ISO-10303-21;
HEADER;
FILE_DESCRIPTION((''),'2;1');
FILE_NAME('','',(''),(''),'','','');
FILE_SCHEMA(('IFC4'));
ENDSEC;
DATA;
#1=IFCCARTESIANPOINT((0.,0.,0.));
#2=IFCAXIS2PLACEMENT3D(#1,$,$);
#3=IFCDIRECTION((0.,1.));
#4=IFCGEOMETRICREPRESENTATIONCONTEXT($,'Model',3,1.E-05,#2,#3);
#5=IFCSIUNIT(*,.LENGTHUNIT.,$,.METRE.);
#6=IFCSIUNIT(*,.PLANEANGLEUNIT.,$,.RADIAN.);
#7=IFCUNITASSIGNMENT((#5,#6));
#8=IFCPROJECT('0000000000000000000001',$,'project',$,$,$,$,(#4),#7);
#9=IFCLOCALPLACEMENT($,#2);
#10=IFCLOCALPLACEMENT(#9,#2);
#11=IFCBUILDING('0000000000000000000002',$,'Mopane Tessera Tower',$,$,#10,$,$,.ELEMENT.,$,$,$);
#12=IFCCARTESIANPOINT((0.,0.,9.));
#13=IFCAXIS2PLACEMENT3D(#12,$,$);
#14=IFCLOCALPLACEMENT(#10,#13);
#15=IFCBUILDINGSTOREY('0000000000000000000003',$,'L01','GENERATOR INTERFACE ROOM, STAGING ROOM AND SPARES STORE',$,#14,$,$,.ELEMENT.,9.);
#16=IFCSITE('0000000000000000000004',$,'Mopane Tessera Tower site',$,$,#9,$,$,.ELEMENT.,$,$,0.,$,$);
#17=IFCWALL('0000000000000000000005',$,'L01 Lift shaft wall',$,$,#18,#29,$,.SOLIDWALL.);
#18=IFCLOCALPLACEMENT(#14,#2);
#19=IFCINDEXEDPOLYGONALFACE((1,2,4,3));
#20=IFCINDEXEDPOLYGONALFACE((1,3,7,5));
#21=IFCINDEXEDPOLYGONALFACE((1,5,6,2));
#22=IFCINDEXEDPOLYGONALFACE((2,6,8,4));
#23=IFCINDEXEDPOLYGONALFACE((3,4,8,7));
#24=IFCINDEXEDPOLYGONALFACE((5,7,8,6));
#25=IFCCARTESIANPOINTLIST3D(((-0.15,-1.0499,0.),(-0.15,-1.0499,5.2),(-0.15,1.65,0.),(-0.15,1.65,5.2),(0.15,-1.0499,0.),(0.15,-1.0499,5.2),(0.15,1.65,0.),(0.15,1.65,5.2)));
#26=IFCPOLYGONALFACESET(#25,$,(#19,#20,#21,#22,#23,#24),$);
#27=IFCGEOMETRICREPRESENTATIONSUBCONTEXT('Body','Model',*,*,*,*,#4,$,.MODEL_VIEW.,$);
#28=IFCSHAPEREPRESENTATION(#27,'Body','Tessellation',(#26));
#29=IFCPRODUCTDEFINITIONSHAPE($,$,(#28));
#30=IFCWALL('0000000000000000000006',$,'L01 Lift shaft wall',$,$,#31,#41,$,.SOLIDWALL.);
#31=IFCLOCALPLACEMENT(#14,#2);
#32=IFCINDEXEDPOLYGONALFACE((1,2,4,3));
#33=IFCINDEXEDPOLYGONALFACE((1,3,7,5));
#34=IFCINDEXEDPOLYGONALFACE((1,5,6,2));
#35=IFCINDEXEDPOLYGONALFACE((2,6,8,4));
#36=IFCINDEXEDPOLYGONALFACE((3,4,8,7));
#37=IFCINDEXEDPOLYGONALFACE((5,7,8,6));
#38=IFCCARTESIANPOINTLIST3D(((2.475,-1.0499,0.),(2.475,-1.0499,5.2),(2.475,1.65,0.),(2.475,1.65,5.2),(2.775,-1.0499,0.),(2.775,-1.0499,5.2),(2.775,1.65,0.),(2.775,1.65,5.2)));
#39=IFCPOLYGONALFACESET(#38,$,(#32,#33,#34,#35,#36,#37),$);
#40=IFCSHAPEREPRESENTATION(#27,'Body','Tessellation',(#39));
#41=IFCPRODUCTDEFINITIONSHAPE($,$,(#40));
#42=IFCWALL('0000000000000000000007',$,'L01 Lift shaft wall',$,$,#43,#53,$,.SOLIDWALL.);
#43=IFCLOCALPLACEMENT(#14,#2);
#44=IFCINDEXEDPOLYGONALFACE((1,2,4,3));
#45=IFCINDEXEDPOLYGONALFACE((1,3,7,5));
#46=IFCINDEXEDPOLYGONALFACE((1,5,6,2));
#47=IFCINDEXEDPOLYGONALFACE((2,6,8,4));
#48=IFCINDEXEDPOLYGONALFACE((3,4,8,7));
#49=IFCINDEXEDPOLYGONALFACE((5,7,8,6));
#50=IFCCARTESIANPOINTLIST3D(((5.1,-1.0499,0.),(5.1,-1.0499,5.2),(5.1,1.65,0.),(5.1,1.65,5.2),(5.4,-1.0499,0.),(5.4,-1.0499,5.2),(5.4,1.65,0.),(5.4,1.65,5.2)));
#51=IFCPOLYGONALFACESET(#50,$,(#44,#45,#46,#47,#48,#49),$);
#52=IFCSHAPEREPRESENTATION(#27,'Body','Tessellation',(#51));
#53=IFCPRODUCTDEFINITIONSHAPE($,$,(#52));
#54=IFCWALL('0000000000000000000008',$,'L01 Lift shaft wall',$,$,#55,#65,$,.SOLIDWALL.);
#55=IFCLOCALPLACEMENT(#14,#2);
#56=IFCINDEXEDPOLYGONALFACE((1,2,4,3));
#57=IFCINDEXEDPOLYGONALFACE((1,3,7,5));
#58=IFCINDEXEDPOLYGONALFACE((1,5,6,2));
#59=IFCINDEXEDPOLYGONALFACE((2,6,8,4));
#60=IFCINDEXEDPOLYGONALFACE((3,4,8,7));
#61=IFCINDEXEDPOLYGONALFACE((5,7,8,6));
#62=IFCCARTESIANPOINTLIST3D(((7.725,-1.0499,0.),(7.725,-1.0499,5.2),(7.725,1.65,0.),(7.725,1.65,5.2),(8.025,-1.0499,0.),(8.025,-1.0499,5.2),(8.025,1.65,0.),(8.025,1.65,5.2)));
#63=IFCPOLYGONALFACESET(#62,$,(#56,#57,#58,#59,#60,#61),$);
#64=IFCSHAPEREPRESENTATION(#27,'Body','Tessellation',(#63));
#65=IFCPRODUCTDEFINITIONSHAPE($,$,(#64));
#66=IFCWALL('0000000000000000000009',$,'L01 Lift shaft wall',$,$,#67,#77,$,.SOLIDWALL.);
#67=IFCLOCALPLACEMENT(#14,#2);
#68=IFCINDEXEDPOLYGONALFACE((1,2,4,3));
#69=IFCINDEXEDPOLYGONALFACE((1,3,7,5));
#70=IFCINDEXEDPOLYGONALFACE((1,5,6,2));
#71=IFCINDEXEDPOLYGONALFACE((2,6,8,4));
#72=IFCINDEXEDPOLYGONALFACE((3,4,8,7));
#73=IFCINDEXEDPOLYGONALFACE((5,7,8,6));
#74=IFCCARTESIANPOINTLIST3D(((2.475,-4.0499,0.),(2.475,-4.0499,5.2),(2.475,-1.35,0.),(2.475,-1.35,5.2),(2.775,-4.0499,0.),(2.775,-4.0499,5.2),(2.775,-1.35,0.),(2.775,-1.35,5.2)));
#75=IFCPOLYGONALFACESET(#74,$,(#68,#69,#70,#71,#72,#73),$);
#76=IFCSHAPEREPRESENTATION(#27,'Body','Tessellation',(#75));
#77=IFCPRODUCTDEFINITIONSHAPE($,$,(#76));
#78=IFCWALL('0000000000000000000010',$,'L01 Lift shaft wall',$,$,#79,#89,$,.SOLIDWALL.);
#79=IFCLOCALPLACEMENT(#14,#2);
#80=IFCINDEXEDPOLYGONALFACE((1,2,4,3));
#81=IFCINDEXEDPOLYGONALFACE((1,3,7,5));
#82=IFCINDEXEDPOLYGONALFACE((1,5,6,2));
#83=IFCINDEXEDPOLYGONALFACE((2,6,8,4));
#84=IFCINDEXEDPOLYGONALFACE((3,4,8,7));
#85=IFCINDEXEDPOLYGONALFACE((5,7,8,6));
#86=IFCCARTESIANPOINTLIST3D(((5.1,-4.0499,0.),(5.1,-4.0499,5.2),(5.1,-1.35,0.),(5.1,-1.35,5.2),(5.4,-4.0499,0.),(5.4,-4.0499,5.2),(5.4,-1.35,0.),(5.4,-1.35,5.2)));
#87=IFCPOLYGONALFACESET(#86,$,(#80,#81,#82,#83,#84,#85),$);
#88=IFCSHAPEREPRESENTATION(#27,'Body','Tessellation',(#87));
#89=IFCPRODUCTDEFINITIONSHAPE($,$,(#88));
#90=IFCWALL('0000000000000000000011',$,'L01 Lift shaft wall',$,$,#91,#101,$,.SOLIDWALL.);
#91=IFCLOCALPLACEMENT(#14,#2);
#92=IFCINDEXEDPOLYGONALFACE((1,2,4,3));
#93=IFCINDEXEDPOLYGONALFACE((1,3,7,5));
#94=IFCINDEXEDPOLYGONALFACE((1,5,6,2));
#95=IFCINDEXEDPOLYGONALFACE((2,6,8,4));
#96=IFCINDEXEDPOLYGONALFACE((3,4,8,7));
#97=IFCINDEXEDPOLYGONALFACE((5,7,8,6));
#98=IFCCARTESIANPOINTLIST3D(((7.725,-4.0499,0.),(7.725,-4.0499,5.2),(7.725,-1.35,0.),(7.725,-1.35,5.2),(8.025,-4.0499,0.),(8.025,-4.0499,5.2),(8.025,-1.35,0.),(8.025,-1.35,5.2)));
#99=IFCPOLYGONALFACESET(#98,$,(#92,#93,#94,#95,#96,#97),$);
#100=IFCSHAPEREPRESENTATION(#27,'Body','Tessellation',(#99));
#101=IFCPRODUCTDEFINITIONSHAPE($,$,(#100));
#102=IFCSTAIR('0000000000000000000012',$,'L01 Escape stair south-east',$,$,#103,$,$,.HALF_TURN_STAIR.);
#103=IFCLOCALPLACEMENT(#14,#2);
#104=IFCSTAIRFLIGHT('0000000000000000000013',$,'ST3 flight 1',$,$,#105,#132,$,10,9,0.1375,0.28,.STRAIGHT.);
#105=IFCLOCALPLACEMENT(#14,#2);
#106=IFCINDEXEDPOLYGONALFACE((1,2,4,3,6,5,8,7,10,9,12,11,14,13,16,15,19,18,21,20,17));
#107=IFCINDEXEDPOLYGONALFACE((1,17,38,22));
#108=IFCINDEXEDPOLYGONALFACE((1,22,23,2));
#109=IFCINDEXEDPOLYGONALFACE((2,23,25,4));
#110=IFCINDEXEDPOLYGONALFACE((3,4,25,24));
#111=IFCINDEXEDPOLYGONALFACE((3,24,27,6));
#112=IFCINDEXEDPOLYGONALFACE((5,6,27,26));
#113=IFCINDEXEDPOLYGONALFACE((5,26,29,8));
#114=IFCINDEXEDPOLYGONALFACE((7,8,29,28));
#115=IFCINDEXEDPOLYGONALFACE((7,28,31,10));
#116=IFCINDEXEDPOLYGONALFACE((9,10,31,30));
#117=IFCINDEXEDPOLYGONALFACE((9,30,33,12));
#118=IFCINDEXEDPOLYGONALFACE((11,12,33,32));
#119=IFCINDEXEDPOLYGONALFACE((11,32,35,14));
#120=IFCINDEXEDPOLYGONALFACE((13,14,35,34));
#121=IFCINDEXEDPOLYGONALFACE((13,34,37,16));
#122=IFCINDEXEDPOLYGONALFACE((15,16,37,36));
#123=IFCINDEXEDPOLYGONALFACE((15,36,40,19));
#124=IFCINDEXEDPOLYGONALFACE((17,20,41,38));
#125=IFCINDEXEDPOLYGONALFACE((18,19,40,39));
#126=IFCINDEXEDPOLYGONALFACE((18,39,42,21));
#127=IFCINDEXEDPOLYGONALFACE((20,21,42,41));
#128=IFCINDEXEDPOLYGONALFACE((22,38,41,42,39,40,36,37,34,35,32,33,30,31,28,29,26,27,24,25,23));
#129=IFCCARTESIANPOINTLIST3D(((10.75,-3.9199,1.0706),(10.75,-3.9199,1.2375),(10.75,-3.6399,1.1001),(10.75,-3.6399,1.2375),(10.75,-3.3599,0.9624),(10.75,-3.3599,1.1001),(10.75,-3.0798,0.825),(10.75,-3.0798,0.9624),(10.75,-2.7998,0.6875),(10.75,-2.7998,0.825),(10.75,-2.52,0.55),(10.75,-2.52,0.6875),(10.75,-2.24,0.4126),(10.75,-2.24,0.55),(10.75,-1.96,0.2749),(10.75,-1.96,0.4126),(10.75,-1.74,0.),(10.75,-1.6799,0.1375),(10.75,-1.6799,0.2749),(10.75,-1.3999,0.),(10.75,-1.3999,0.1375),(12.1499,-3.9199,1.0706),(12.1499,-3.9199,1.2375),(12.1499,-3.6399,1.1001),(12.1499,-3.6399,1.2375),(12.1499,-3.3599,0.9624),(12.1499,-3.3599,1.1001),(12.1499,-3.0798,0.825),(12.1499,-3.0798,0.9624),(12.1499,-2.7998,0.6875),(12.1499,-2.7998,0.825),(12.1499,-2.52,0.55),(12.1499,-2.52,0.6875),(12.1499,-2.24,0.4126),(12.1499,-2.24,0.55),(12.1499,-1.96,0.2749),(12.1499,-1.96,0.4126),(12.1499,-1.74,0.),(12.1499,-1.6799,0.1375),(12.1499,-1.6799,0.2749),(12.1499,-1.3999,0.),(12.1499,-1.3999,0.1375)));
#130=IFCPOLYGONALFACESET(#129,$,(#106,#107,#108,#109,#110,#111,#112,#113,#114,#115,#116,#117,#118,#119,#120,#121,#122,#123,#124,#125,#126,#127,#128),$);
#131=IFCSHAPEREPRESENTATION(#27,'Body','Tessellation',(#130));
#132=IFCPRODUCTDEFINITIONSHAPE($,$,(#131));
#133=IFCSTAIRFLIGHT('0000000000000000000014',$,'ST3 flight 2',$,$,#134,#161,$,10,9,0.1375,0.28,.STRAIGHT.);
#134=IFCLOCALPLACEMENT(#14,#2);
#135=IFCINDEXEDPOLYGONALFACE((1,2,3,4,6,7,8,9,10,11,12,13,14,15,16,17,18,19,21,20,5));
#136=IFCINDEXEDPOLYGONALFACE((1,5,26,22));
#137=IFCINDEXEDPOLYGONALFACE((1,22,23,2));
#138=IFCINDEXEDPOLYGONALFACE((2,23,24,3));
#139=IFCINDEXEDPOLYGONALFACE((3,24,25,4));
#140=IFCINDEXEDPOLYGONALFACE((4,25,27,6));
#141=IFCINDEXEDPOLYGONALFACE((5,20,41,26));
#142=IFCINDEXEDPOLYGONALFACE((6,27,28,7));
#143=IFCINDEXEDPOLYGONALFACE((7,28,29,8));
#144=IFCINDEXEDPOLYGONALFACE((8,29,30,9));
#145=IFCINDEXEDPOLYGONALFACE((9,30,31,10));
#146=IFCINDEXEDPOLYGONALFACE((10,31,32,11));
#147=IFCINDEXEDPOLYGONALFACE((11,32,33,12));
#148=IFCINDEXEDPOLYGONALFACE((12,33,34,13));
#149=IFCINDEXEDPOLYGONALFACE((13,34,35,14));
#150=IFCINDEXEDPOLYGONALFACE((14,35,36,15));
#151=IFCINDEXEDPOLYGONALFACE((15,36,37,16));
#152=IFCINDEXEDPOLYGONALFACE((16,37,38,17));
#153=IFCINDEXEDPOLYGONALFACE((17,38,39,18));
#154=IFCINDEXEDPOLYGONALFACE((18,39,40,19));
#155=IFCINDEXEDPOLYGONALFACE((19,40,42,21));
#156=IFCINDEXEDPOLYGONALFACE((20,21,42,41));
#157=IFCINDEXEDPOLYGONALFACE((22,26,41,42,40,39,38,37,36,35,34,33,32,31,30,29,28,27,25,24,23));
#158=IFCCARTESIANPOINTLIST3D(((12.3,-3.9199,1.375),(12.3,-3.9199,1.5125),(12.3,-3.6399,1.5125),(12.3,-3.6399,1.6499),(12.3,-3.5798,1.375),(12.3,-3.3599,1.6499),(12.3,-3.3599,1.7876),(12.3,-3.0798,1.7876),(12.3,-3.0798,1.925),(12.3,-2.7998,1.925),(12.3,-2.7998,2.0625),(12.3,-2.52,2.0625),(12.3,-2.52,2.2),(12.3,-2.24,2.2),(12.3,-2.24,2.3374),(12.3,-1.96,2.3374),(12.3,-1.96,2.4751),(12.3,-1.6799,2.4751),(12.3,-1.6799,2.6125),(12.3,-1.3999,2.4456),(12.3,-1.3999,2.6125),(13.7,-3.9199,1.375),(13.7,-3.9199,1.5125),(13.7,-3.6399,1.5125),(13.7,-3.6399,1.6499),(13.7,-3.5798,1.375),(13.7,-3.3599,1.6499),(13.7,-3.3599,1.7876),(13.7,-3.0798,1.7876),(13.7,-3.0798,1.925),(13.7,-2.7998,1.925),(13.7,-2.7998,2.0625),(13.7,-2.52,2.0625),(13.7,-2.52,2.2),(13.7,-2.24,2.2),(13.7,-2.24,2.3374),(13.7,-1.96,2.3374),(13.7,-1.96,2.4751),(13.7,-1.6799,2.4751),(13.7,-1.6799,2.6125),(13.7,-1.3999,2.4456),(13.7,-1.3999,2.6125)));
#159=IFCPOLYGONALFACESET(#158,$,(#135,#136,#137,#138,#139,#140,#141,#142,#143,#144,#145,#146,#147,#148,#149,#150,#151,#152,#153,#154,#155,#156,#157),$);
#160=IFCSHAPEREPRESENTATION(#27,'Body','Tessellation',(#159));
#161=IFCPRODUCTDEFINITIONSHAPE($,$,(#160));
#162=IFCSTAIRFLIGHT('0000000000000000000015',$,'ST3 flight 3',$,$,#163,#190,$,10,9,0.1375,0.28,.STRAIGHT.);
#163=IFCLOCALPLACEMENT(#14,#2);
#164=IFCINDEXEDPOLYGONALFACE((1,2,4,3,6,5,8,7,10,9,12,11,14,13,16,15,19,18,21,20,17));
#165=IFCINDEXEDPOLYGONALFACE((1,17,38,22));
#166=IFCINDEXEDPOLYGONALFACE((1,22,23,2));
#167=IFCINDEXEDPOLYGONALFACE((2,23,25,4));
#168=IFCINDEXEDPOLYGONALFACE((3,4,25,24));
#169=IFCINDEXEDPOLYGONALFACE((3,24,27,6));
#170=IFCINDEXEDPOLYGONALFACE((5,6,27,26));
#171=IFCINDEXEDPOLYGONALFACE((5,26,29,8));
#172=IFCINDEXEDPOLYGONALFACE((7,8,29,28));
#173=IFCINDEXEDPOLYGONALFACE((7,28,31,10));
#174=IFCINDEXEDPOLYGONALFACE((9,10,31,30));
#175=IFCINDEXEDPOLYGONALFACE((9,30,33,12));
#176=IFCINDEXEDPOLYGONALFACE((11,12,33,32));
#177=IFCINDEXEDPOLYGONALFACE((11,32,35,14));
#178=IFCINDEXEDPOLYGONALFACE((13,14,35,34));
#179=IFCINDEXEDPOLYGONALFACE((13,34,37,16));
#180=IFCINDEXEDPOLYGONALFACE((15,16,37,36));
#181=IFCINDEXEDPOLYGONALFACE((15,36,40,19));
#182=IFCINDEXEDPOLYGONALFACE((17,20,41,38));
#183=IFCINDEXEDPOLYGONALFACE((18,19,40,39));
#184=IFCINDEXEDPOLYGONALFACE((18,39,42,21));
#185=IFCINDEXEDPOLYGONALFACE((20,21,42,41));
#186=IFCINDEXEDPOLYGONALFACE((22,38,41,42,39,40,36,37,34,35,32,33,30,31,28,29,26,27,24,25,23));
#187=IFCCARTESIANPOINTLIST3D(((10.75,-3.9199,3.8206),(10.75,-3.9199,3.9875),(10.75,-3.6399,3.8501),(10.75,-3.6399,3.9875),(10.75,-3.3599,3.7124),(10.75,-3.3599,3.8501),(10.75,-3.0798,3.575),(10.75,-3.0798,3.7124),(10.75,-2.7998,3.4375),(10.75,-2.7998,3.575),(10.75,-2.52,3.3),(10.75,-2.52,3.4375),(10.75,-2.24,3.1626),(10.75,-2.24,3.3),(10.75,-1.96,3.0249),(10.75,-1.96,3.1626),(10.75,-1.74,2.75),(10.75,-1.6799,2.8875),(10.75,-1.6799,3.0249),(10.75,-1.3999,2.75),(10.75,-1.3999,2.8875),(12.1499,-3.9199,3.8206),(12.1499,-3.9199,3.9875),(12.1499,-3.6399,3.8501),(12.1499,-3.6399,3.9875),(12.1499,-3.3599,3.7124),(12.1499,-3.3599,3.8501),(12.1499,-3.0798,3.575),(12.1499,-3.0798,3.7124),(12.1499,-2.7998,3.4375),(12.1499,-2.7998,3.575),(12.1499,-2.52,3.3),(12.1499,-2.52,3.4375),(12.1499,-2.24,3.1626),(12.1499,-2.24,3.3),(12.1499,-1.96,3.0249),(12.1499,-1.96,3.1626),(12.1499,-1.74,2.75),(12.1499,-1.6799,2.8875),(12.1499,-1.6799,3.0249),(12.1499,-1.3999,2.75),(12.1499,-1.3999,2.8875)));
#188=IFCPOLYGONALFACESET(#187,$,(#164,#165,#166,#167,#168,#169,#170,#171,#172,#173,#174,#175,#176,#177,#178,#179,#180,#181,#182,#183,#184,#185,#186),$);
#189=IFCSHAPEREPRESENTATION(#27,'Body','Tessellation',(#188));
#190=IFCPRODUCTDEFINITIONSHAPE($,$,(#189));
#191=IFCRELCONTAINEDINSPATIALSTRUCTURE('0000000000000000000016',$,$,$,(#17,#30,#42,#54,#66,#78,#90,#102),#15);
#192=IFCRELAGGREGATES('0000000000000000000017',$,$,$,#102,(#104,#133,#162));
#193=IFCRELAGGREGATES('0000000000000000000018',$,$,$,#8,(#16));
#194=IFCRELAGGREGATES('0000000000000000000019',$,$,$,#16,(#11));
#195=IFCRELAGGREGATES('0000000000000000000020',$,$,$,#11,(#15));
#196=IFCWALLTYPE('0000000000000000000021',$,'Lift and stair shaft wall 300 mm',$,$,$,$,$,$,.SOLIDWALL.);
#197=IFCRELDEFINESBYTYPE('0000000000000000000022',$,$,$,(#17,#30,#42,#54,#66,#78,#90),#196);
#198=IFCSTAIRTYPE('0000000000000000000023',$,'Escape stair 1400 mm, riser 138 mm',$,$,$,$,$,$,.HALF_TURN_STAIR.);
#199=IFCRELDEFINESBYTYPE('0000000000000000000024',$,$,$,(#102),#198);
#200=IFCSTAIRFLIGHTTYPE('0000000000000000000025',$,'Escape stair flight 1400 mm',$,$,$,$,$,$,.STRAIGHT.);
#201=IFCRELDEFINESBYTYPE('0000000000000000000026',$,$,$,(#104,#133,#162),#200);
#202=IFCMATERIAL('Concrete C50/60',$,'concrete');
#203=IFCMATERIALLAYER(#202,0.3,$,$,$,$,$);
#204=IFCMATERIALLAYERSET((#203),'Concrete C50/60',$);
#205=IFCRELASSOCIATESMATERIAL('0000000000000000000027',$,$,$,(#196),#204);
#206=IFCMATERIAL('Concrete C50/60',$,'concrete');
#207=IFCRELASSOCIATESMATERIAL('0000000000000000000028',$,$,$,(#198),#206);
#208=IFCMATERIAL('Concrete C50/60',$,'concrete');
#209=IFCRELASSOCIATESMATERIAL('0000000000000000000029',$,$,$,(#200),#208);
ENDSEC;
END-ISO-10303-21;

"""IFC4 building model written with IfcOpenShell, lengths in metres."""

from ifc_helpers import new_model, si_unit, direction, frame, frame_2d, origin, place, context, subcontext, project, spatial, polyline, rectangle, outline, extrude, material, layer, layer_set, type_object, element, aggregate, save


model = new_model("IFC4")

# Units and contexts
model_context = context("Model", 3, precision=1e-05, world=origin(), true_north=direction((0.0, 1.0)))
body_context = subcontext(model_context, "Body", "Model", "MODEL_VIEW")
ifc_project = project(units=[si_unit("LENGTHUNIT", "METRE"), si_unit("PLANEANGLEUNIT", "RADIAN")], contexts=[model_context])

# Site, building, storey
site_placement = place(None, origin())
site = spatial("IfcSite", under=ifc_project, at=site_placement, Name="Mopane Tessera Tower site", CompositionType="ELEMENT", RefElevation=0.0)
building_placement = place(site_placement, origin())
building = spatial("IfcBuilding", under=site, at=building_placement, Name="Mopane Tessera Tower", CompositionType="ELEMENT")
storey_placement = place(building_placement, frame((0.0, 0.0, 9.0)))
storey = spatial("IfcBuildingStorey", under=building, at=storey_placement, Name="L01", Description="GENERATOR INTERFACE ROOM, STAGING ROOM AND SPARES STORE", CompositionType="ELEMENT", Elevation=9.0)

# Walls
ifc_material_1 = material(Name="Concrete C50/60", Category="concrete")
ifc_layer_1 = layer(ifc_material_1, 0.3)
ifc_layer_set_1 = layer_set([ifc_layer_1], Name="Concrete C50/60")
wall_type = type_object("IfcWallType", Name="Lift and stair shaft wall 300 mm", PredefinedType="SOLIDWALL", material=ifc_layer_set_1)
for number, where, z_axis, x_axis, name in (
    (1, (0.0, -1.05, 0.0), (0.0, 0.0, 1.0), (0.0, 1.0, 0.0), "L01 Lift shaft wall"),
    (2, (2.625, -1.05, 0.0), (0.0, 0.0, 1.0), (0.0, 1.0, 0.0), "L01 Lift shaft wall"),
    (3, (5.25, -1.05, 0.0), (0.0, 0.0, 1.0), (0.0, 1.0, 0.0), "L01 Lift shaft wall"),
    (4, (7.875, -1.05, 0.0), (0.0, 0.0, 1.0), (0.0, 1.0, 0.0), "L01 Lift shaft wall"),
    (5, (2.625, -4.05, 0.0), (0.0, 0.0, 1.0), (0.0, 1.0, 0.0), "L01 Lift shaft wall"),
    (6, (5.25, -4.05, 0.0), (0.0, 0.0, 1.0), (0.0, 1.0, 0.0), "L01 Lift shaft wall"),
    (7, (7.875, -4.05, 0.0), (0.0, 0.0, 1.0), (0.0, 1.0, 0.0), "L01 Lift shaft wall"),
):
    element("IfcWall", number, at=place(storey_placement, frame(where, z_axis=z_axis, x_axis=x_axis)), inside=storey, type_object=wall_type, Name=name, PredefinedType="SOLIDWALL", context=body_context, shape_type="SweptSolid", body=[
        extrude(rectangle(XDim=2.7, YDim=0.3, at=frame_2d((1.3501, 0.0))), origin(), (0.0, 0.0, 1.0), 5.2),
    ])

# Stair, stair flights
ifc_material_2 = material(Name="Concrete C50/60", Category="concrete")
stair_type = type_object("IfcStairType", Name="Escape stair 1400 mm, riser 138 mm", PredefinedType="HALF_TURN_STAIR", material=ifc_material_2)
stair_placement = place(storey_placement, origin())
stair = element("IfcStair", 8, at=stair_placement, inside=storey, type_object=stair_type, Name="L01 Escape stair south-east", PredefinedType="HALF_TURN_STAIR")
ifc_material_3 = material(Name="Concrete C50/60", Category="concrete")
stair_flight_type = type_object("IfcStairFlightType", Name="Escape stair flight 1400 mm", PredefinedType="STRAIGHT", material=ifc_material_3)
stair_flight_1_placement = place(storey_placement, frame((11.45, -1.3999, 0.0), z_axis=(0.0, 0.0, 1.0), x_axis=(0.0, -1.0, 0.0)))
stair_flight_1 = element("IfcStairFlight", 9, at=stair_flight_1_placement, type_object=stair_flight_type, Name="ST3 flight 1", NumberOfRisers=10, NumberOfTreads=9, PredefinedType="STRAIGHT", RiserHeight=0.1375, TreadLength=0.28, context=body_context, shape_type="SweptSolid", body=[
    extrude(outline(polyline([(0.0, 0.0), (0.0, 0.1375), (0.28, 0.1375), (0.28, 0.2749), (0.5601, 0.2749), (0.5601, 0.4126), (0.8401, 0.4126), (0.8401, 0.55), (1.1201, 0.55), (1.1201, 0.6875), (1.3999, 0.6875), (1.3999, 0.825), (1.6799, 0.825), (1.6799, 0.9624), (1.96, 0.9624), (1.96, 1.1001), (2.24, 1.1001), (2.24, 1.2375), (2.52, 1.2375), (2.52, 1.375), (2.52, 1.0706), (0.3401, 0.0), (0.0, 0.0)])), frame((0.0, 0.7, 0.0), z_axis=(0.0, -1.0, 0.0), x_axis=(1.0, 0.0, 0.0)), (0.0, 0.0, 1.0), 1.3999),
])
stair_flight_2_placement = place(storey_placement, frame((13.0, -3.9199, 1.375), z_axis=(0.0, 0.0, 1.0), x_axis=(0.0, 1.0, 0.0)))
stair_flight_2 = element("IfcStairFlight", 10, at=stair_flight_2_placement, type_object=stair_flight_type, Name="ST3 flight 2", NumberOfRisers=10, NumberOfTreads=9, PredefinedType="STRAIGHT", RiserHeight=0.1375, TreadLength=0.28, context=body_context, shape_type="SweptSolid", body=[
    extrude(outline(polyline([(0.0, 0.0), (0.0, 0.1375), (0.28, 0.1375), (0.28, 0.2749), (0.5601, 0.2749), (0.5601, 0.4126), (0.8401, 0.4126), (0.8401, 0.55), (1.1201, 0.55), (1.1201, 0.6875), (1.3999, 0.6875), (1.3999, 0.825), (1.6799, 0.825), (1.6799, 0.9624), (1.96, 0.9624), (1.96, 1.1001), (2.24, 1.1001), (2.24, 1.2375), (2.52, 1.2375), (2.52, 1.375), (2.52, 1.0706), (0.3401, 0.0), (0.0, 0.0)])), frame((0.0, 0.7, 0.0), z_axis=(0.0, -1.0, 0.0), x_axis=(1.0, 0.0, 0.0)), (0.0, 0.0, 1.0), 1.3999),
])
stair_flight_3_placement = place(storey_placement, frame((11.45, -1.3999, 2.75), z_axis=(0.0, 0.0, 1.0), x_axis=(0.0, -1.0, 0.0)))
stair_flight_3 = element("IfcStairFlight", 11, at=stair_flight_3_placement, type_object=stair_flight_type, Name="ST3 flight 3", NumberOfRisers=10, NumberOfTreads=9, PredefinedType="STRAIGHT", RiserHeight=0.1375, TreadLength=0.28, context=body_context, shape_type="SweptSolid", body=[
    extrude(outline(polyline([(0.0, 0.0), (0.0, 0.1375), (0.28, 0.1375), (0.28, 0.2749), (0.5601, 0.2749), (0.5601, 0.4126), (0.8401, 0.4126), (0.8401, 0.55), (1.1201, 0.55), (1.1201, 0.6875), (1.3999, 0.6875), (1.3999, 0.825), (1.6799, 0.825), (1.6799, 0.9624), (1.96, 0.9624), (1.96, 1.1001), (2.24, 1.1001), (2.24, 1.2375), (2.52, 1.2375), (2.52, 1.375), (2.52, 1.0706), (0.3401, 0.0), (0.0, 0.0)])), frame((0.0, 0.7, 0.0), z_axis=(0.0, -1.0, 0.0), x_axis=(1.0, 0.0, 0.0)), (0.0, 0.0, 1.0), 1.3999),
])
aggregate(stair, [stair_flight_1, stair_flight_2, stair_flight_3])

save(model, "model.ifc")
